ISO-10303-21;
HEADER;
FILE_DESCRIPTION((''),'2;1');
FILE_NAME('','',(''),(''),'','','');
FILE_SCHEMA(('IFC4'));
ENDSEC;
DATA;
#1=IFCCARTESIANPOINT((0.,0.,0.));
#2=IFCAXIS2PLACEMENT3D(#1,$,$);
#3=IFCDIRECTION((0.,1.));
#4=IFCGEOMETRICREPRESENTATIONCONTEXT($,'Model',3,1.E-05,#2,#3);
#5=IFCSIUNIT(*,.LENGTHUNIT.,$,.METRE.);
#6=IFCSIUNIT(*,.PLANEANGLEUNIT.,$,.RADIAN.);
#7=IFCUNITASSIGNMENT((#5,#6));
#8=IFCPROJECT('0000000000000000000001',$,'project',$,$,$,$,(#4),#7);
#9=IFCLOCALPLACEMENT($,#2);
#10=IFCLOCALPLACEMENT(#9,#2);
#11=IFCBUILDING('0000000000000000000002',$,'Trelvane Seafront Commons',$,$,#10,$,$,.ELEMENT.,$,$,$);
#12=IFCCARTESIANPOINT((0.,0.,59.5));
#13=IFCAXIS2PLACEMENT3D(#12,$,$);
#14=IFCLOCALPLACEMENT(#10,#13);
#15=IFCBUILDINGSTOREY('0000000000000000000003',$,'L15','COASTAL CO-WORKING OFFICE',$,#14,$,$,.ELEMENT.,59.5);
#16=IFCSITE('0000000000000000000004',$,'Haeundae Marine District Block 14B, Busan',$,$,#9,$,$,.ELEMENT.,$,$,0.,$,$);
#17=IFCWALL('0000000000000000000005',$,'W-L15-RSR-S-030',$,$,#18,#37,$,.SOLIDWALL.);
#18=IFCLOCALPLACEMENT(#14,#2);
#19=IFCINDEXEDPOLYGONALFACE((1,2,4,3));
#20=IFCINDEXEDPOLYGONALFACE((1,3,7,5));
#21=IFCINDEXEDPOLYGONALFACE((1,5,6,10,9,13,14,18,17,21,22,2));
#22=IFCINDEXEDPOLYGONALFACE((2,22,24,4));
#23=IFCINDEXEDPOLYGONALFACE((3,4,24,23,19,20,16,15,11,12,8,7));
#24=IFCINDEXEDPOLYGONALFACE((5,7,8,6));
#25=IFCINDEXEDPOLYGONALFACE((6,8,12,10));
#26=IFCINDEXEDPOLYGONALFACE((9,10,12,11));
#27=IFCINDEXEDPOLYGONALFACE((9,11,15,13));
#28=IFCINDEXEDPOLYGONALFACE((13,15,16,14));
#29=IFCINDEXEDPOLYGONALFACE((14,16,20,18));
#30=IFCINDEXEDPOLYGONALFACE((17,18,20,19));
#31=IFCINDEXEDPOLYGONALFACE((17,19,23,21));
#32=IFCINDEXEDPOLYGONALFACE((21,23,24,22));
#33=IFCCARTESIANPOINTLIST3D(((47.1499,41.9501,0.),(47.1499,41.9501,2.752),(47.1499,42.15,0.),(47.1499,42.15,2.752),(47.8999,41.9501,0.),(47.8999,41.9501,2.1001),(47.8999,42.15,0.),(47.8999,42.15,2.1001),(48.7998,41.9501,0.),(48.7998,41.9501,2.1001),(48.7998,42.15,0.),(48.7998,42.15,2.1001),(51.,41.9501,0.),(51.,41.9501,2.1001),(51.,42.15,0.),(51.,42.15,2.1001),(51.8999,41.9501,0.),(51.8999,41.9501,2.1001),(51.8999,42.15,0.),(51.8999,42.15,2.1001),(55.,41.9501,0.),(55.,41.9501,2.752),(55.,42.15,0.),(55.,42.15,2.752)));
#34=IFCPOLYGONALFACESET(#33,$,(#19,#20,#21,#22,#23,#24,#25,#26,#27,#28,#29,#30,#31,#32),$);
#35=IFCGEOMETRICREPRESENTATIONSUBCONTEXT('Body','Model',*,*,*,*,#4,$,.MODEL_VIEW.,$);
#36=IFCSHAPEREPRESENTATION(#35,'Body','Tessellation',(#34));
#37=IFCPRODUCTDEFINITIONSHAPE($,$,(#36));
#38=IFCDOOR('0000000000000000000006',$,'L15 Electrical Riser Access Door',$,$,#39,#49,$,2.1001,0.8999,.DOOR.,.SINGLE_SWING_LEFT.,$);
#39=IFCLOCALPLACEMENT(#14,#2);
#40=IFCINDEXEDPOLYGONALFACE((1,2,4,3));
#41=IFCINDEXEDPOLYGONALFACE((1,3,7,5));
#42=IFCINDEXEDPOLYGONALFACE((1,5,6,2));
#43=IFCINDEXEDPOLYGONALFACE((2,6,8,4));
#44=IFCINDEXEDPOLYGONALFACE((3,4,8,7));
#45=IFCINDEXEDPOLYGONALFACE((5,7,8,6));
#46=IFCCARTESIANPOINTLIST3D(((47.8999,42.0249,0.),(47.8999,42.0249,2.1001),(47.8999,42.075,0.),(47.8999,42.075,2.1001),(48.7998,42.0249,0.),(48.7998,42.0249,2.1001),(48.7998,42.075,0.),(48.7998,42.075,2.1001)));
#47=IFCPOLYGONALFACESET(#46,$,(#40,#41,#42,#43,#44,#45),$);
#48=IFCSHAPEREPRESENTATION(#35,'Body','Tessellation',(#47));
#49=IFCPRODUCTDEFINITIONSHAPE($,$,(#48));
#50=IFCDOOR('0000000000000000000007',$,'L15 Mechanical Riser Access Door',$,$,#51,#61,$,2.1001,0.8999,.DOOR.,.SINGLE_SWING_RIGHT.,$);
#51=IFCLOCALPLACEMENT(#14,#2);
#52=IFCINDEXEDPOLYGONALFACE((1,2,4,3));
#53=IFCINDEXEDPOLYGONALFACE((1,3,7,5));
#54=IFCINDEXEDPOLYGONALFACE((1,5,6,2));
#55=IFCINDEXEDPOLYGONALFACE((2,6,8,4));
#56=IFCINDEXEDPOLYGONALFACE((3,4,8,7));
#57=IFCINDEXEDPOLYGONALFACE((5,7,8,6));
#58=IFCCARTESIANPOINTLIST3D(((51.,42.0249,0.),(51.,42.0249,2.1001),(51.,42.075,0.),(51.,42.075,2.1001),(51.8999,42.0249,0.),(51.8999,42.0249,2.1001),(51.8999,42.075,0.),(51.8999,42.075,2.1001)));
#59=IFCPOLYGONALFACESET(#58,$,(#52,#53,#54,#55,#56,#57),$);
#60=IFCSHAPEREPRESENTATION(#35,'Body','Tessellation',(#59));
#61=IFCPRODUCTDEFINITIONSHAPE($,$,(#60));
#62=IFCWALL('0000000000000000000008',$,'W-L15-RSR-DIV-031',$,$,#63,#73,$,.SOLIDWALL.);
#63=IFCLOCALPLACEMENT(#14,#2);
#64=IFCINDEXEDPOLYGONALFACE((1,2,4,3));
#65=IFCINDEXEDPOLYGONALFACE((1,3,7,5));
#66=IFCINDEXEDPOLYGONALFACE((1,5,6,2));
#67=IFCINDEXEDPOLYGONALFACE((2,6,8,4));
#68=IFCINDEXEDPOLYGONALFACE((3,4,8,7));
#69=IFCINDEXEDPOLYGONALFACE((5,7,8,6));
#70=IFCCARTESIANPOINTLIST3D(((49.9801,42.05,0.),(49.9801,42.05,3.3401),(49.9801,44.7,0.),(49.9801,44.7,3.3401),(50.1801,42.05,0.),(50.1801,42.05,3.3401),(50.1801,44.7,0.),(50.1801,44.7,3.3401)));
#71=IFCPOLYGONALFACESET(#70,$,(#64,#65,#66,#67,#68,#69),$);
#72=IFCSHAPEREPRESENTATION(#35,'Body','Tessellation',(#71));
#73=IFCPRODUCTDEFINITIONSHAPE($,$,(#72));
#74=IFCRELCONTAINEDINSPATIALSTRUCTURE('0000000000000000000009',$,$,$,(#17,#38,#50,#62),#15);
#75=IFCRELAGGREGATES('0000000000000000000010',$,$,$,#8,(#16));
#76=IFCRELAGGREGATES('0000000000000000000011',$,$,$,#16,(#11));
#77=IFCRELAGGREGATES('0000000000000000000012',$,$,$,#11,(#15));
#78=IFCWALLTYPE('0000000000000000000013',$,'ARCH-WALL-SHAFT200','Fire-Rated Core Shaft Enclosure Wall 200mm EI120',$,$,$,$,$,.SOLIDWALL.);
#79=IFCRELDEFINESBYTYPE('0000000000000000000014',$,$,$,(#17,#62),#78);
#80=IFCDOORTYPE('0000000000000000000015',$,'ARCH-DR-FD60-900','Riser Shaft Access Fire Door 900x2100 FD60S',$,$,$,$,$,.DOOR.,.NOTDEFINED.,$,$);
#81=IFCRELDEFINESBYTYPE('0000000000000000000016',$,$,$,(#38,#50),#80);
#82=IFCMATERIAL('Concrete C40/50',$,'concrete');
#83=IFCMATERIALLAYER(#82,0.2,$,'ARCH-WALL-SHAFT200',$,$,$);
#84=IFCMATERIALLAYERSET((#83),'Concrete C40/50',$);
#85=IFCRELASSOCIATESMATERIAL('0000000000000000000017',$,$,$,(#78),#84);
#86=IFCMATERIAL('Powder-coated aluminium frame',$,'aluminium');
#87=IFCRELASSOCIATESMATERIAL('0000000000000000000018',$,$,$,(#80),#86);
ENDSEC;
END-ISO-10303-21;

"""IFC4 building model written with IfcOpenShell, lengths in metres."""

from ifc_helpers import new_model, si_unit, direction, frame, frame_2d, origin, place, context, subcontext, project, spatial, rectangle, extrude, source, transform, mapped, material, layer, layer_set, type_object, element, fill, save


model = new_model("IFC4")

# Units and contexts
model_context = context("Model", 3, precision=1e-05, world=origin(), true_north=direction((0.0, 1.0)))
body_context = subcontext(model_context, "Body", "Model", "MODEL_VIEW")
ifc_project = project(units=[si_unit("LENGTHUNIT", "METRE"), si_unit("PLANEANGLEUNIT", "RADIAN")], contexts=[model_context])

# Site, building, storey
site_placement = place(None, origin())
site = spatial("IfcSite", under=ifc_project, at=site_placement, Name="Haeundae Marine District Block 14B, Busan", CompositionType="ELEMENT", RefElevation=0.0)
building_placement = place(site_placement, origin())
building = spatial("IfcBuilding", under=site, at=building_placement, Name="Trelvane Seafront Commons", CompositionType="ELEMENT")
storey_placement = place(building_placement, frame((0.0, 0.0, 59.5)))
storey = spatial("IfcBuildingStorey", under=building, at=storey_placement, Name="L15", Description="COASTAL CO-WORKING OFFICE", CompositionType="ELEMENT", Elevation=59.5)

# Shared definitions
ifc_material_1 = material(Name="Concrete C40/50", Category="concrete")
ifc_layer_1 = layer(ifc_material_1, 0.2, Name="ARCH-WALL-SHAFT200")
ifc_layer_set_1 = layer_set([ifc_layer_1], Name="Concrete C40/50")
wall_type_1 = type_object("IfcWallType", Name="ARCH-WALL-SHAFT200", Description="Fire-Rated Core Shaft Enclosure Wall 200mm EI120", PredefinedType="SOLIDWALL", material=ifc_layer_set_1)

# Wall, openings, doors
wall_1_placement = place(storey_placement, frame((47.1499, 42.05, 0.0), z_axis=(0.0, 0.0, 1.0), x_axis=(1.0, 0.0, 0.0)))
wall_1 = element("IfcWall", 1, at=wall_1_placement, inside=storey, type_object=wall_type_1, Name="W-L15-RSR-S-030", PredefinedType="SOLIDWALL", context=body_context, shape_type="SweptSolid", body=[
    extrude(rectangle(XDim=7.8501, YDim=0.2, at=frame_2d((3.925, 0.0))), origin(), (0.0, 0.0, 1.0), 2.752),
])
opening_1_placement = place(wall_1_placement, frame((0.75, 0.0, 0.0)))
opening_1 = element("IfcOpeningElement", 2, at=opening_1_placement, cuts=wall_1, PredefinedType="OPENING", context=body_context, shape_type="SweptSolid", body=[
    extrude(rectangle(XDim=0.8999, YDim=2.1001, at=frame_2d((0.45, 1.05))), frame((0.0, 0.1099, 0.0), z_axis=(0.0, -1.0, 0.0), x_axis=(1.0, 0.0, 0.0)), (0.0, 0.0, 1.0), 0.22),
])
opening_2_placement = place(wall_1_placement, frame((3.8501, 0.0, 0.0)))
opening_2 = element("IfcOpeningElement", 3, at=opening_2_placement, cuts=wall_1, PredefinedType="OPENING", context=body_context, shape_type="SweptSolid", body=[
    extrude(rectangle(XDim=0.8999, YDim=2.1001, at=frame_2d((0.45, 1.05))), frame((0.0, 0.1099, 0.0), z_axis=(0.0, -1.0, 0.0), x_axis=(1.0, 0.0, 0.0)), (0.0, 0.0, 1.0), 0.22),
])
ifc_material_2 = material(Name="Powder-coated aluminium frame", Category="aluminium")
door_type_1 = type_object("IfcDoorType", Name="ARCH-DR-FD60-900", Description="Riser Shaft Access Fire Door 900x2100 FD60S", OperationType="NOTDEFINED", PredefinedType="DOOR", material=ifc_material_2)
shared_shape_1 = source(origin(), body_context, "Body", "SweptSolid", [
    extrude(rectangle(XDim=0.8999, YDim=2.1001, at=frame_2d((0.45, 1.05))), frame((0.0, 0.0249, 0.0), z_axis=(0.0, -1.0, 0.0), x_axis=(1.0, 0.0, 0.0)), (0.0, 0.0, 1.0), 0.05),
])
door_1_placement = place(opening_1_placement, origin())
door_1 = element("IfcDoor", 4, at=door_1_placement, inside=storey, type_object=door_type_1, Name="L15 Electrical Riser Access Door", OperationType="SINGLE_SWING_LEFT", OverallHeight=2.1001, OverallWidth=0.8999, PredefinedType="DOOR", context=body_context, shape_type="MappedRepresentation", body=[
    mapped(shared_shape_1, transform((0.0, 0.0, 0.0), x_axis=(1.0, 0.0, 0.0), y_axis=(0.0, 1.0, 0.0), z_axis=(0.0, 0.0, 1.0), scale=1.0)),
])
fill(opening_1, door_1)
door_2_placement = place(opening_2_placement, origin())
door_2 = element("IfcDoor", 5, at=door_2_placement, inside=storey, type_object=door_type_1, Name="L15 Mechanical Riser Access Door", OperationType="SINGLE_SWING_RIGHT", OverallHeight=2.1001, OverallWidth=0.8999, PredefinedType="DOOR", context=body_context, shape_type="MappedRepresentation", body=[
    mapped(shared_shape_1, transform((0.0, 0.0, 0.0), x_axis=(1.0, 0.0, 0.0), y_axis=(0.0, 1.0, 0.0), z_axis=(0.0, 0.0, 1.0), scale=1.0)),
])
fill(opening_2, door_2)

# Wall
wall_2_placement = place(storey_placement, frame((50.0801, 42.05, 0.0), z_axis=(0.0, 0.0, 1.0), x_axis=(0.0, 1.0, 0.0)))
element("IfcWall", 6, at=wall_2_placement, inside=storey, type_object=wall_type_1, Name="W-L15-RSR-DIV-031", PredefinedType="SOLIDWALL", context=body_context, shape_type="SweptSolid", body=[
    extrude(rectangle(XDim=2.6499, YDim=0.2, at=frame_2d((1.325, 0.0))), origin(), (0.0, 0.0, 1.0), 3.3401),
])

save(model, "model.ifc")
